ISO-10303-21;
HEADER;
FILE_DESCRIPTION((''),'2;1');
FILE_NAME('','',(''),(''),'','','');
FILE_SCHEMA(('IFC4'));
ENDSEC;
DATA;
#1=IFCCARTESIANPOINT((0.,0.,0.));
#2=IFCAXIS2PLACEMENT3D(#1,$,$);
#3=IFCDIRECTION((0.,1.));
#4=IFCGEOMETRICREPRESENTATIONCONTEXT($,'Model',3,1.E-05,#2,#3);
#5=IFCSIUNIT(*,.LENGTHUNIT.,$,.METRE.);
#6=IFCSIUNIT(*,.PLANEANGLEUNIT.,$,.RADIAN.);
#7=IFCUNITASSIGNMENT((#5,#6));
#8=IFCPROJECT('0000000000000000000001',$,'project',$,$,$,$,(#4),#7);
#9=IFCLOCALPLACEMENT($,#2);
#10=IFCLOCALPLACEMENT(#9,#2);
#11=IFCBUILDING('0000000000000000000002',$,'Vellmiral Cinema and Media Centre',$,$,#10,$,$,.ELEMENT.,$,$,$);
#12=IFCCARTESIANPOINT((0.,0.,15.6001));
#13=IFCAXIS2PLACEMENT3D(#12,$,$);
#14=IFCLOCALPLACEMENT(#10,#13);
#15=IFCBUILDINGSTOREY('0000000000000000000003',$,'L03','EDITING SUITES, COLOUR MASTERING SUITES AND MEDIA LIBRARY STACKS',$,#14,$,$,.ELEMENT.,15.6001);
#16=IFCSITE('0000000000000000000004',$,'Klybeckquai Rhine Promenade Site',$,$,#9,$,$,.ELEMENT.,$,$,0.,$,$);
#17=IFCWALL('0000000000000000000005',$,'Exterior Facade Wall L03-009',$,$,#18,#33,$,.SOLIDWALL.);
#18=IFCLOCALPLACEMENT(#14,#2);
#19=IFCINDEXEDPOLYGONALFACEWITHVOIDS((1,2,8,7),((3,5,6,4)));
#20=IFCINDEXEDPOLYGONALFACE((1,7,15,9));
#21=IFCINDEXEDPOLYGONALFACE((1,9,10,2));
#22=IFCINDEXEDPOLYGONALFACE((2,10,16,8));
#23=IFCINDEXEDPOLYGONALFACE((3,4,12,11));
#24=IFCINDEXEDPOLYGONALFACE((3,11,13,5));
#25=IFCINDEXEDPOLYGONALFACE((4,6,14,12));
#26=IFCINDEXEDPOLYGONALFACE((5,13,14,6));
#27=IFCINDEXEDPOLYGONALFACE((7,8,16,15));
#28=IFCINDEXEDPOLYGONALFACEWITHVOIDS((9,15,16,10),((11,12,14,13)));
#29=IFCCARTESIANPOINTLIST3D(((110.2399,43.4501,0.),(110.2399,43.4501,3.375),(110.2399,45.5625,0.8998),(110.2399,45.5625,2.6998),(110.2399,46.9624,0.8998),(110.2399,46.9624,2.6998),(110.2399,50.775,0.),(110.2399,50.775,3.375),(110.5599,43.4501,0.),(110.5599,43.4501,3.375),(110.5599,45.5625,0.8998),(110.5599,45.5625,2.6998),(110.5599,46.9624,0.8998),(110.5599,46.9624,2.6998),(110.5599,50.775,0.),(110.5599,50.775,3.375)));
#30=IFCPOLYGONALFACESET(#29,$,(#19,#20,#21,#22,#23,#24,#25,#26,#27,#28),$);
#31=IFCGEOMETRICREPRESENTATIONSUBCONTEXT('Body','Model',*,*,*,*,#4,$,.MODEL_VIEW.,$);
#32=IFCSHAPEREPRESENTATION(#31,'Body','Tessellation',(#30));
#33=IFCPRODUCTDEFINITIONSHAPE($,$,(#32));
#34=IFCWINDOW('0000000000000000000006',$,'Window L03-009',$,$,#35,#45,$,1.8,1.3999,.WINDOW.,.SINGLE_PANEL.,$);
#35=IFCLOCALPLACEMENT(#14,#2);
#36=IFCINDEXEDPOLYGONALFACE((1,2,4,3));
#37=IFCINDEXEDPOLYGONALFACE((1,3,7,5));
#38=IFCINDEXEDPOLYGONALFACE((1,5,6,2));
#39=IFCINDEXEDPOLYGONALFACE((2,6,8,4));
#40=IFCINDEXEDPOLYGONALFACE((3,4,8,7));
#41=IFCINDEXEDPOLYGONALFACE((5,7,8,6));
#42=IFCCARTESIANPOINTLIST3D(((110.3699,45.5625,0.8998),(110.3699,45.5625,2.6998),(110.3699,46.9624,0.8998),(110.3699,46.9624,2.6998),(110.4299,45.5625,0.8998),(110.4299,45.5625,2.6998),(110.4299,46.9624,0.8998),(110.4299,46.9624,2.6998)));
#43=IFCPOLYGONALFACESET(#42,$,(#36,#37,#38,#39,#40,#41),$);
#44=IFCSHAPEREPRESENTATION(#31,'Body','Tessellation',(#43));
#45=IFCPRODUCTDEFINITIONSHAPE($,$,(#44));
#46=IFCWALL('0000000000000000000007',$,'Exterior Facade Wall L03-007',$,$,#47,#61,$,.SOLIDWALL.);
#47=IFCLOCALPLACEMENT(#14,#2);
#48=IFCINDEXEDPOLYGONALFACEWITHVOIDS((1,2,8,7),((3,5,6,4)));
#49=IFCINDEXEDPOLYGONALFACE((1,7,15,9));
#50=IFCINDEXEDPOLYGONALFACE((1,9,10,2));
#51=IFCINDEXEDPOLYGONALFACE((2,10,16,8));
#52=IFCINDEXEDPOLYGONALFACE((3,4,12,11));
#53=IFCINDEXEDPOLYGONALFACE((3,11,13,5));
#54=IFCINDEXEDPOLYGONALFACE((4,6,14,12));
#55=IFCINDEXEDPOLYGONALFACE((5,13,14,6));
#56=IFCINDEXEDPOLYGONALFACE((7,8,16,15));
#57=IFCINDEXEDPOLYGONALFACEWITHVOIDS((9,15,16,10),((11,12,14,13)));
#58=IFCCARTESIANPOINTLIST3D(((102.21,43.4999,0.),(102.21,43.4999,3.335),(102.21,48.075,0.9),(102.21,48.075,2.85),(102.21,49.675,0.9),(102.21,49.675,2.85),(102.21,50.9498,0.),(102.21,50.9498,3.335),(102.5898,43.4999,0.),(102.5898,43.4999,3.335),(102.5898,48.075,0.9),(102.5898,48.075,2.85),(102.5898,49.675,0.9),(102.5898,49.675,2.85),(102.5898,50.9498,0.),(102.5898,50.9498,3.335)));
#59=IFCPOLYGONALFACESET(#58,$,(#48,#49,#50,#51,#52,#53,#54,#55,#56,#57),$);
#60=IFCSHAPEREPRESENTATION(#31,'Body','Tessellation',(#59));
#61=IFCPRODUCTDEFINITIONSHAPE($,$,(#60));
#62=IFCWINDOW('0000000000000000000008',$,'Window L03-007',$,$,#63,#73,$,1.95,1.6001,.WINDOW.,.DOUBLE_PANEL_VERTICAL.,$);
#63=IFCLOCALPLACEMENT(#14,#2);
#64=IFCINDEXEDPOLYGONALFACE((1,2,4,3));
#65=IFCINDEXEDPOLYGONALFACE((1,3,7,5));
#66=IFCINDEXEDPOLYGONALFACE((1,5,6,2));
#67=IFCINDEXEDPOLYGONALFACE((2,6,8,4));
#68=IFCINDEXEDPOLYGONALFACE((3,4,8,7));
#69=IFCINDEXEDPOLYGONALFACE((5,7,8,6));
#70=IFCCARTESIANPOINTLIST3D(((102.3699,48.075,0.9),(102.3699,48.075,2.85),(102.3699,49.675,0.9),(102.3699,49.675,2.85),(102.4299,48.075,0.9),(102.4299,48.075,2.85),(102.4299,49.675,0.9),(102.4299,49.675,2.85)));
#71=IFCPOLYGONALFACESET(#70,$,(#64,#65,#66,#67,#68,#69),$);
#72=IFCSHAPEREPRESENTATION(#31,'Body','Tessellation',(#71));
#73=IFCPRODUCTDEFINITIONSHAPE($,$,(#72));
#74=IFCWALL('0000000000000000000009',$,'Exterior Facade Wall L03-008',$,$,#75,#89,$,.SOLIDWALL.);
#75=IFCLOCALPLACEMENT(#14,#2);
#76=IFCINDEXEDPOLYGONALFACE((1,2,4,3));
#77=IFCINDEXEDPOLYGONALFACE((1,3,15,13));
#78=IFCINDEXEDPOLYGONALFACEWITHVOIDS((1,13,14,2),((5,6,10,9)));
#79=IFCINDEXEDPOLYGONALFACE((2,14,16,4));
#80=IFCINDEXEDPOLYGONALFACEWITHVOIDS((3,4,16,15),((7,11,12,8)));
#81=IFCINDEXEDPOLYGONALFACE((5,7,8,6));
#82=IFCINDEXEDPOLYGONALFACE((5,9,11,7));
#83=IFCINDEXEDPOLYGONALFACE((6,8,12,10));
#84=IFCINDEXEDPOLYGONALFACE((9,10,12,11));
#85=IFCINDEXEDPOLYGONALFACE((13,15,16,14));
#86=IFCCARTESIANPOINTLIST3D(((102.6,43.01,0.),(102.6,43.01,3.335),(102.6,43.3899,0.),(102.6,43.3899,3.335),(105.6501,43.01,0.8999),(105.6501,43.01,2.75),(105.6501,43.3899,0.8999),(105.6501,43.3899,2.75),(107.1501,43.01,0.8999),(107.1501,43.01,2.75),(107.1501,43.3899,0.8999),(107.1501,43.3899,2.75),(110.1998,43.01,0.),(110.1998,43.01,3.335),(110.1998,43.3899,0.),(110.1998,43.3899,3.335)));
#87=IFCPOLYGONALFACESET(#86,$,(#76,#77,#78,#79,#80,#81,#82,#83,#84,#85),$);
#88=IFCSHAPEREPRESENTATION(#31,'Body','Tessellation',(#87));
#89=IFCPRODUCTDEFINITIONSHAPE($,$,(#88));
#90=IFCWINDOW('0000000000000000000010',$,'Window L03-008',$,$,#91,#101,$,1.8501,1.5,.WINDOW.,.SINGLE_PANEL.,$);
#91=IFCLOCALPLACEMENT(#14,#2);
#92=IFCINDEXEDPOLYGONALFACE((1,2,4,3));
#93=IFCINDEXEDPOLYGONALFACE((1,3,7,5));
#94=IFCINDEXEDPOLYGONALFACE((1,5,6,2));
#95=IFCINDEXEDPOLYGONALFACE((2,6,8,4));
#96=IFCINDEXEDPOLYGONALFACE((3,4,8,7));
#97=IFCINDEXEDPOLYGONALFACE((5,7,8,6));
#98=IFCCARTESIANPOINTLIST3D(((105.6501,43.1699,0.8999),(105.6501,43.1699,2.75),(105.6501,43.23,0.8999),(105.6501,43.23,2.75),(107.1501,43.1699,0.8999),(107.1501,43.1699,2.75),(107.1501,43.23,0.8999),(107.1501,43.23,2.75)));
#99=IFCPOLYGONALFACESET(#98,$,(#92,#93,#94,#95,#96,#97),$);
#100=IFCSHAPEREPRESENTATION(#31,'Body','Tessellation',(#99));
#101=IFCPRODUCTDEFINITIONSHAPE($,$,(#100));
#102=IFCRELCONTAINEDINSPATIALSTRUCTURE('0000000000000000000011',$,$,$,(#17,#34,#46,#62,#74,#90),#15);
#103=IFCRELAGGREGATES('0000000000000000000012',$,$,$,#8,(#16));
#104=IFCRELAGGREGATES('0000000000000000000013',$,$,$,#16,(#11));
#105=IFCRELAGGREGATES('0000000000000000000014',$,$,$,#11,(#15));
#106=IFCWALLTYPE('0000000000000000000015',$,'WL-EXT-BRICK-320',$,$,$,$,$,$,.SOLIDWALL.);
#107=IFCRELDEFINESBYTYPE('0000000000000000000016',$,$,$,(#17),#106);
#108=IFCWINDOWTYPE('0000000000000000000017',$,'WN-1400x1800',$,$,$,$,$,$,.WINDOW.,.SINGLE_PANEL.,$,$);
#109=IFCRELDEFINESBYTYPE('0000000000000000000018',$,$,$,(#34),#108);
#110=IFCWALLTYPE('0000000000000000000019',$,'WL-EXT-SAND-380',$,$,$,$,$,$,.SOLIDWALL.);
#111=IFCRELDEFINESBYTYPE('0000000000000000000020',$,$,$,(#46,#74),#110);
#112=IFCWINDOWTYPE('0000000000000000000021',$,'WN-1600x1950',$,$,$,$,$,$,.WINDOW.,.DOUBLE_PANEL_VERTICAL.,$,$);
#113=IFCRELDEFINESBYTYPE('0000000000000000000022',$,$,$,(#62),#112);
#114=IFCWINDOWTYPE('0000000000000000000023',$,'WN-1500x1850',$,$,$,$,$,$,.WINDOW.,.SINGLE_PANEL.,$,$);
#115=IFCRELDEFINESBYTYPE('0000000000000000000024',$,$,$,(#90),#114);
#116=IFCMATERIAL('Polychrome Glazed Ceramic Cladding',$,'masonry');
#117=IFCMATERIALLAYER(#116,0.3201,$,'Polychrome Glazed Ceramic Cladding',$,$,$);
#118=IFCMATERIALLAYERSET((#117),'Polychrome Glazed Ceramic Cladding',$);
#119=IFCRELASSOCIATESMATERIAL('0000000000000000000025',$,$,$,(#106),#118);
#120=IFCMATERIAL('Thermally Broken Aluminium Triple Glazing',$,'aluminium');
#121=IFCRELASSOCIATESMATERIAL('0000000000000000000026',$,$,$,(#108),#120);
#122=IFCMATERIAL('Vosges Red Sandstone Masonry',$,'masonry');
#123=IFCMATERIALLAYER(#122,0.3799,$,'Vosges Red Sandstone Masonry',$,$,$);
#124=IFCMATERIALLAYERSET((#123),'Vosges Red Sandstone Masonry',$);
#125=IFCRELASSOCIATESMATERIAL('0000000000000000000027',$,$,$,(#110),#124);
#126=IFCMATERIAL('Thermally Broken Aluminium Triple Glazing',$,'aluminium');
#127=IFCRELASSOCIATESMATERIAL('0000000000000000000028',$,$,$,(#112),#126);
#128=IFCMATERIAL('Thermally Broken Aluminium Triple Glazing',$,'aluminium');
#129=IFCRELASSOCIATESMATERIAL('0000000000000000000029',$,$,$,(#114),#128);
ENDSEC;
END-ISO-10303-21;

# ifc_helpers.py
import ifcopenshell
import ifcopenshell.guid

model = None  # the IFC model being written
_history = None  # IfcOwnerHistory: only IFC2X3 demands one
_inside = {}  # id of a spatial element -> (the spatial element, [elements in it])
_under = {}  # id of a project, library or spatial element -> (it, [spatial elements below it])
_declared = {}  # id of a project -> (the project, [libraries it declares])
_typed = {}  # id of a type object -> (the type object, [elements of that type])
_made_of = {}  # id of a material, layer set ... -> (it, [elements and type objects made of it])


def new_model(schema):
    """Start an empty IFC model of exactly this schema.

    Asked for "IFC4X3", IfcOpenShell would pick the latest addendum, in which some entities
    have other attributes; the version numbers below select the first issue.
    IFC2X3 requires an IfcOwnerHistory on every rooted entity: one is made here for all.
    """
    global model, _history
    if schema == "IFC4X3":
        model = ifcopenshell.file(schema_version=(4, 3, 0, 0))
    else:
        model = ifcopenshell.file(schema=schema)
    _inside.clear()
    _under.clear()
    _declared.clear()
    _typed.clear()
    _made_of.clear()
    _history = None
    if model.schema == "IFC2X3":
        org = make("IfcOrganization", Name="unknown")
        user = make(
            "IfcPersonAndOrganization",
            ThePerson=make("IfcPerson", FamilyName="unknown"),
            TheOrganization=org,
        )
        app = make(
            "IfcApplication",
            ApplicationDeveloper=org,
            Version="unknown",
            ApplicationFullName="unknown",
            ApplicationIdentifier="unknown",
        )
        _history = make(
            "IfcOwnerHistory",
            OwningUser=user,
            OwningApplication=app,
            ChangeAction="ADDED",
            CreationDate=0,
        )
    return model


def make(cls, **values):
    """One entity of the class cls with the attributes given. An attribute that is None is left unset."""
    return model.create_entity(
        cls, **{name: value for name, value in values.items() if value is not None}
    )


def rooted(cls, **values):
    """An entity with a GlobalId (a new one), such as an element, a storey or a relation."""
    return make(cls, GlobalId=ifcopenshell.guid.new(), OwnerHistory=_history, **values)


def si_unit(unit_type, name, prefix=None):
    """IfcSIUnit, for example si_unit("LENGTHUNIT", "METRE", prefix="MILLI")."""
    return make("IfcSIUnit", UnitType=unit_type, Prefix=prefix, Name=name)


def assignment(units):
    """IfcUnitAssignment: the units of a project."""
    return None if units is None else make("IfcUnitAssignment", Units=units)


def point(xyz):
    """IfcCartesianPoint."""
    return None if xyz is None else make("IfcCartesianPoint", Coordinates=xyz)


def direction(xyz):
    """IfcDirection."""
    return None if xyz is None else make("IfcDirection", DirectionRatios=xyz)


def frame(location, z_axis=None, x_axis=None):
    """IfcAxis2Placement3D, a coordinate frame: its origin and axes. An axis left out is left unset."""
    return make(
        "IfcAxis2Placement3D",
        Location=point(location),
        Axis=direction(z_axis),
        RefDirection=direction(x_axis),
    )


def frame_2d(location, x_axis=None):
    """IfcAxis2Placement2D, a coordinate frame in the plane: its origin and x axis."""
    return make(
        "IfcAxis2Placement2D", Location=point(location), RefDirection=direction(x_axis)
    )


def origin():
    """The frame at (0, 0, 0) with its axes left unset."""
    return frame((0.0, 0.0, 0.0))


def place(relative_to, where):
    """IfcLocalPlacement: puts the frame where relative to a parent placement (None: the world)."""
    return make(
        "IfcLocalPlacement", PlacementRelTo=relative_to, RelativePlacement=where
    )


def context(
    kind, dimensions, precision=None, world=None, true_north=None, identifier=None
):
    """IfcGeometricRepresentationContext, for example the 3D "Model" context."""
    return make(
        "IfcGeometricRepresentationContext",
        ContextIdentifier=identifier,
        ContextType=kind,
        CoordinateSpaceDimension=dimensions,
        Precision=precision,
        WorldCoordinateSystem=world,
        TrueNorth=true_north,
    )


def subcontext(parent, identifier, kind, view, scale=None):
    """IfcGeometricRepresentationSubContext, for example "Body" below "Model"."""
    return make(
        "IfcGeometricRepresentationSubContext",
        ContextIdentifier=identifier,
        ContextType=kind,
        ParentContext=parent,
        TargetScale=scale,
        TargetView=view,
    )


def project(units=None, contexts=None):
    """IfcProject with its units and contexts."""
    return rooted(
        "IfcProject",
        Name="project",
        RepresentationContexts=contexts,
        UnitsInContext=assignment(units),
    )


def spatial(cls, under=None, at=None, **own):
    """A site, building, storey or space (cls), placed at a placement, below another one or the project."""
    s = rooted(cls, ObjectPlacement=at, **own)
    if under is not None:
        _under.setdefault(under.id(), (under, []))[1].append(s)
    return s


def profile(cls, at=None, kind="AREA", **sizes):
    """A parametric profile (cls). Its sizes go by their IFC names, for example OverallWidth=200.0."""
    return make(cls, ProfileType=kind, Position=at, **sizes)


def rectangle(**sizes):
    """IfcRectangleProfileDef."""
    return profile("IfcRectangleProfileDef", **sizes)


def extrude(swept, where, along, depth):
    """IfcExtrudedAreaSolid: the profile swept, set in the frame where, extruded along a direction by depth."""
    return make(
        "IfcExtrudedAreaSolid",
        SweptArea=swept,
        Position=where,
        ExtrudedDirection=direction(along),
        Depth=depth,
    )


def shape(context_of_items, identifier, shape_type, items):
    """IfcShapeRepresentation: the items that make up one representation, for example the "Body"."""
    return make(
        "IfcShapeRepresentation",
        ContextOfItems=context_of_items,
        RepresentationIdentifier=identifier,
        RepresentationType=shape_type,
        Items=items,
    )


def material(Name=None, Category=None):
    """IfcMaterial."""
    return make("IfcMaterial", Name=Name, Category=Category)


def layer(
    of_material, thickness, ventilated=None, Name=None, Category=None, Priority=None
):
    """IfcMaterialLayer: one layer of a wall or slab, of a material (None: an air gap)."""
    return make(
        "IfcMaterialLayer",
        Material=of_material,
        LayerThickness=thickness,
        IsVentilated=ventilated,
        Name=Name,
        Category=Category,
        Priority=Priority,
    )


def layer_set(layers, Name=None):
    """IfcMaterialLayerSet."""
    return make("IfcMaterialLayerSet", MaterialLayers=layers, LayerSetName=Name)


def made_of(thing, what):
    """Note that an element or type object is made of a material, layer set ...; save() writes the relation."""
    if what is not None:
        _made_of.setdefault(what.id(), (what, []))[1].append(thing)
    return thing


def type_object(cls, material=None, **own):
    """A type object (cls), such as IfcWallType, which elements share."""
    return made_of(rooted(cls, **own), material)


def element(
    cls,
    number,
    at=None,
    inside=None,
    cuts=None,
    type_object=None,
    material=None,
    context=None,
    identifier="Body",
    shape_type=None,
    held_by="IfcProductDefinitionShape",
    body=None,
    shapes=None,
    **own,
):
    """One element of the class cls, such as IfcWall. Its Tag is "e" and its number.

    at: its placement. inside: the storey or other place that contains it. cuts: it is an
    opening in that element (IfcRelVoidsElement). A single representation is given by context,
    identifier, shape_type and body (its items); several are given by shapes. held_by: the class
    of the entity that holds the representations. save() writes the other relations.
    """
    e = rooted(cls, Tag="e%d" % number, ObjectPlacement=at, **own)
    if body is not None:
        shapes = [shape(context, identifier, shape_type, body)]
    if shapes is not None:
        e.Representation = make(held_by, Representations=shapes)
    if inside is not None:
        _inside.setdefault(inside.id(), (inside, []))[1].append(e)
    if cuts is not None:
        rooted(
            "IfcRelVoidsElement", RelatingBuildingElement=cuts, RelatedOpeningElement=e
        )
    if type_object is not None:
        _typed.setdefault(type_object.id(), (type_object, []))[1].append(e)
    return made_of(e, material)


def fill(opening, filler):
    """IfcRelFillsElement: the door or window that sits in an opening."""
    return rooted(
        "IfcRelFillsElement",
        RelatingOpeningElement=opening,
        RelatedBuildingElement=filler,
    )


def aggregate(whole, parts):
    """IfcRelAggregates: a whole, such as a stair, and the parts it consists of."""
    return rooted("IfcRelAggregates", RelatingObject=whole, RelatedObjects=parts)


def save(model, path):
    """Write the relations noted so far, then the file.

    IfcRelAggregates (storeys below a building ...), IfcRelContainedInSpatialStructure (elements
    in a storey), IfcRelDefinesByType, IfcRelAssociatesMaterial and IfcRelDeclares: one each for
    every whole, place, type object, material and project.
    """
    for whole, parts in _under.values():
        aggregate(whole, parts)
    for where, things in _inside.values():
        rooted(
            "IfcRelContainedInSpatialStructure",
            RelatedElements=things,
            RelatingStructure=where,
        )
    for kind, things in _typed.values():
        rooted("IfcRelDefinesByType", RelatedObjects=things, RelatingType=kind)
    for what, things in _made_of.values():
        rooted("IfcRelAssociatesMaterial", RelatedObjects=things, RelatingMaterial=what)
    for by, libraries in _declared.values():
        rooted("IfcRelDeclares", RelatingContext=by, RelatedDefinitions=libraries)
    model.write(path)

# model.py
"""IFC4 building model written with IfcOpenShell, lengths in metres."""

from ifc_helpers import new_model, si_unit, direction, frame, frame_2d, origin, place, context, subcontext, project, spatial, rectangle, extrude, material, layer, layer_set, type_object, element, fill, save


model = new_model("IFC4")

# Units and contexts
model_context = context("Model", 3, precision=1e-05, world=origin(), true_north=direction((0.0, 1.0)))
body_context = subcontext(model_context, "Body", "Model", "MODEL_VIEW")
ifc_project = project(units=[si_unit("LENGTHUNIT", "METRE"), si_unit("PLANEANGLEUNIT", "RADIAN")], contexts=[model_context])

# Site, building, storey
site_placement = place(None, origin())
site = spatial("IfcSite", under=ifc_project, at=site_placement, Name="Klybeckquai Rhine Promenade Site", CompositionType="ELEMENT", RefElevation=0.0)
building_placement = place(site_placement, origin())
building = spatial("IfcBuilding", under=site, at=building_placement, Name="Vellmiral Cinema and Media Centre", CompositionType="ELEMENT")
storey_placement = place(building_placement, frame((0.0, 0.0, 15.6001)))
storey = spatial("IfcBuildingStorey", under=building, at=storey_placement, Name="L03", Description="EDITING SUITES, COLOUR MASTERING SUITES AND MEDIA LIBRARY STACKS", CompositionType="ELEMENT", Elevation=15.6001)

# Walls, openings, windows
ifc_material_1 = material(Name="Polychrome Glazed Ceramic Cladding", Category="masonry")
ifc_layer_1 = layer(ifc_material_1, 0.3201, Name="Polychrome Glazed Ceramic Cladding")
ifc_layer_set_1 = layer_set([ifc_layer_1], Name="Polychrome Glazed Ceramic Cladding")
wall_type_1 = type_object("IfcWallType", Name="WL-EXT-BRICK-320", PredefinedType="SOLIDWALL", material=ifc_layer_set_1)
wall_1_placement = place(storey_placement, frame((110.3999, 43.45, 0.0), z_axis=(0.0, 0.0, 1.0), x_axis=(0.0, 1.0, 0.0)))
wall_1 = element("IfcWall", 1, at=wall_1_placement, inside=storey, type_object=wall_type_1, Name="Exterior Facade Wall L03-009", PredefinedType="SOLIDWALL", context=body_context, shape_type="SweptSolid", body=[
    extrude(rectangle(XDim=7.325, YDim=0.3201, at=frame_2d((3.6626, 0.0))), origin(), (0.0, 0.0, 1.0), 3.375),
])
opening_1_placement = place(wall_1_placement, frame((2.1125, 0.0, 0.8999)))
opening_1 = element("IfcOpeningElement", 2, at=opening_1_placement, cuts=wall_1, PredefinedType="OPENING", context=body_context, shape_type="SweptSolid", body=[
    extrude(rectangle(XDim=1.3999, YDim=1.8, at=frame_2d((0.7, 0.8999))), frame((0.0, 0.1719, 0.0), z_axis=(0.0, -1.0, 0.0), x_axis=(1.0, 0.0, 0.0)), (0.0, 0.0, 1.0), 0.344),
])
ifc_material_2 = material(Name="Thermally Broken Aluminium Triple Glazing", Category="aluminium")
window_type_1 = type_object("IfcWindowType", Name="WN-1400x1800", PartitioningType="SINGLE_PANEL", PredefinedType="WINDOW", material=ifc_material_2)
window_1_placement = place(opening_1_placement, origin())
window_1 = element("IfcWindow", 3, at=window_1_placement, inside=storey, type_object=window_type_1, Name="Window L03-009", OverallHeight=1.8, OverallWidth=1.3999, PartitioningType="SINGLE_PANEL", PredefinedType="WINDOW", context=body_context, shape_type="SweptSolid", body=[
    extrude(rectangle(XDim=1.3999, YDim=1.8, at=frame_2d((0.7, 0.8999))), frame((0.0, 0.03, 0.0), z_axis=(0.0, -1.0, 0.0), x_axis=(1.0, 0.0, 0.0)), (0.0, 0.0, 1.0), 0.0601),
])
fill(opening_1, window_1)
ifc_material_3 = material(Name="Vosges Red Sandstone Masonry", Category="masonry")
ifc_layer_2 = layer(ifc_material_3, 0.3799, Name="Vosges Red Sandstone Masonry")
ifc_layer_set_2 = layer_set([ifc_layer_2], Name="Vosges Red Sandstone Masonry")
wall_type_2 = type_object("IfcWallType", Name="WL-EXT-SAND-380", PredefinedType="SOLIDWALL", material=ifc_layer_set_2)
wall_2_placement = place(storey_placement, frame((102.3999, 50.95, 0.0), z_axis=(0.0, 0.0, 1.0), x_axis=(0.0, -1.0, 0.0)))
wall_2 = element("IfcWall", 4, at=wall_2_placement, inside=storey, type_object=wall_type_2, Name="Exterior Facade Wall L03-007", PredefinedType="SOLIDWALL", context=body_context, shape_type="SweptSolid", body=[
    extrude(rectangle(XDim=7.45, YDim=0.3799, at=frame_2d((3.7251, 0.0))), origin(), (0.0, 0.0, 1.0), 3.335),
])
opening_2_placement = place(wall_2_placement, frame((1.2749, 0.0, 0.8999)))
opening_2 = element("IfcOpeningElement", 5, at=opening_2_placement, cuts=wall_2, PredefinedType="OPENING", context=body_context, shape_type="SweptSolid", body=[
    extrude(rectangle(XDim=1.6001, YDim=1.95, at=frame_2d((0.8, 0.9751))), frame((0.0, 0.2019, 0.0), z_axis=(0.0, -1.0, 0.0), x_axis=(1.0, 0.0, 0.0)), (0.0, 0.0, 1.0), 0.4038),
])
ifc_material_4 = material(Name="Thermally Broken Aluminium Triple Glazing", Category="aluminium")
window_type_2 = type_object("IfcWindowType", Name="WN-1600x1950", PartitioningType="DOUBLE_PANEL_VERTICAL", PredefinedType="WINDOW", material=ifc_material_4)
window_2_placement = place(opening_2_placement, origin())
window_2 = element("IfcWindow", 6, at=window_2_placement, inside=storey, type_object=window_type_2, Name="Window L03-007", OverallHeight=1.95, OverallWidth=1.6001, PartitioningType="DOUBLE_PANEL_VERTICAL", PredefinedType="WINDOW", context=body_context, shape_type="SweptSolid", body=[
    extrude(rectangle(XDim=1.6001, YDim=1.95, at=frame_2d((0.8, 0.9751))), frame((0.0, 0.03, 0.0), z_axis=(0.0, -1.0, 0.0), x_axis=(1.0, 0.0, 0.0)), (0.0, 0.0, 1.0), 0.0601),
])
fill(opening_2, window_2)
wall_3_placement = place(storey_placement, frame((102.6001, 43.2, 0.0), z_axis=(0.0, 0.0, 1.0), x_axis=(1.0, 0.0, 0.0)))
wall_3 = element("IfcWall", 7, at=wall_3_placement, inside=storey, type_object=wall_type_2, Name="Exterior Facade Wall L03-008", PredefinedType="SOLIDWALL", context=body_context, shape_type="SweptSolid", body=[
    extrude(rectangle(XDim=7.5999, YDim=0.3799, at=frame_2d((3.7998, 0.0))), origin(), (0.0, 0.0, 1.0), 3.335),
])
opening_3_placement = place(wall_3_placement, frame((3.05, 0.0, 0.8999)))
opening_3 = element("IfcOpeningElement", 8, at=opening_3_placement, cuts=wall_3, PredefinedType="OPENING", context=body_context, shape_type="SweptSolid", body=[
    extrude(rectangle(XDim=1.5, YDim=1.8501, at=frame_2d((0.75, 0.925))), frame((0.0, 0.2019, 0.0), z_axis=(0.0, -1.0, 0.0), x_axis=(1.0, 0.0, 0.0)), (0.0, 0.0, 1.0), 0.4038),
])
ifc_material_5 = material(Name="Thermally Broken Aluminium Triple Glazing", Category="aluminium")
window_type_3 = type_object("IfcWindowType", Name="WN-1500x1850", PartitioningType="SINGLE_PANEL", PredefinedType="WINDOW", material=ifc_material_5)
window_3_placement = place(opening_3_placement, origin())
window_3 = element("IfcWindow", 9, at=window_3_placement, inside=storey, type_object=window_type_3, Name="Window L03-008", OverallHeight=1.8501, OverallWidth=1.5, PartitioningType="SINGLE_PANEL", PredefinedType="WINDOW", context=body_context, shape_type="SweptSolid", body=[
    extrude(rectangle(XDim=1.5, YDim=1.8501, at=frame_2d((0.75, 0.925))), frame((0.0, 0.03, 0.0), z_axis=(0.0, -1.0, 0.0), x_axis=(1.0, 0.0, 0.0)), (0.0, 0.0, 1.0), 0.0601),
])
fill(opening_3, window_3)

save(model, "model.ifc")
